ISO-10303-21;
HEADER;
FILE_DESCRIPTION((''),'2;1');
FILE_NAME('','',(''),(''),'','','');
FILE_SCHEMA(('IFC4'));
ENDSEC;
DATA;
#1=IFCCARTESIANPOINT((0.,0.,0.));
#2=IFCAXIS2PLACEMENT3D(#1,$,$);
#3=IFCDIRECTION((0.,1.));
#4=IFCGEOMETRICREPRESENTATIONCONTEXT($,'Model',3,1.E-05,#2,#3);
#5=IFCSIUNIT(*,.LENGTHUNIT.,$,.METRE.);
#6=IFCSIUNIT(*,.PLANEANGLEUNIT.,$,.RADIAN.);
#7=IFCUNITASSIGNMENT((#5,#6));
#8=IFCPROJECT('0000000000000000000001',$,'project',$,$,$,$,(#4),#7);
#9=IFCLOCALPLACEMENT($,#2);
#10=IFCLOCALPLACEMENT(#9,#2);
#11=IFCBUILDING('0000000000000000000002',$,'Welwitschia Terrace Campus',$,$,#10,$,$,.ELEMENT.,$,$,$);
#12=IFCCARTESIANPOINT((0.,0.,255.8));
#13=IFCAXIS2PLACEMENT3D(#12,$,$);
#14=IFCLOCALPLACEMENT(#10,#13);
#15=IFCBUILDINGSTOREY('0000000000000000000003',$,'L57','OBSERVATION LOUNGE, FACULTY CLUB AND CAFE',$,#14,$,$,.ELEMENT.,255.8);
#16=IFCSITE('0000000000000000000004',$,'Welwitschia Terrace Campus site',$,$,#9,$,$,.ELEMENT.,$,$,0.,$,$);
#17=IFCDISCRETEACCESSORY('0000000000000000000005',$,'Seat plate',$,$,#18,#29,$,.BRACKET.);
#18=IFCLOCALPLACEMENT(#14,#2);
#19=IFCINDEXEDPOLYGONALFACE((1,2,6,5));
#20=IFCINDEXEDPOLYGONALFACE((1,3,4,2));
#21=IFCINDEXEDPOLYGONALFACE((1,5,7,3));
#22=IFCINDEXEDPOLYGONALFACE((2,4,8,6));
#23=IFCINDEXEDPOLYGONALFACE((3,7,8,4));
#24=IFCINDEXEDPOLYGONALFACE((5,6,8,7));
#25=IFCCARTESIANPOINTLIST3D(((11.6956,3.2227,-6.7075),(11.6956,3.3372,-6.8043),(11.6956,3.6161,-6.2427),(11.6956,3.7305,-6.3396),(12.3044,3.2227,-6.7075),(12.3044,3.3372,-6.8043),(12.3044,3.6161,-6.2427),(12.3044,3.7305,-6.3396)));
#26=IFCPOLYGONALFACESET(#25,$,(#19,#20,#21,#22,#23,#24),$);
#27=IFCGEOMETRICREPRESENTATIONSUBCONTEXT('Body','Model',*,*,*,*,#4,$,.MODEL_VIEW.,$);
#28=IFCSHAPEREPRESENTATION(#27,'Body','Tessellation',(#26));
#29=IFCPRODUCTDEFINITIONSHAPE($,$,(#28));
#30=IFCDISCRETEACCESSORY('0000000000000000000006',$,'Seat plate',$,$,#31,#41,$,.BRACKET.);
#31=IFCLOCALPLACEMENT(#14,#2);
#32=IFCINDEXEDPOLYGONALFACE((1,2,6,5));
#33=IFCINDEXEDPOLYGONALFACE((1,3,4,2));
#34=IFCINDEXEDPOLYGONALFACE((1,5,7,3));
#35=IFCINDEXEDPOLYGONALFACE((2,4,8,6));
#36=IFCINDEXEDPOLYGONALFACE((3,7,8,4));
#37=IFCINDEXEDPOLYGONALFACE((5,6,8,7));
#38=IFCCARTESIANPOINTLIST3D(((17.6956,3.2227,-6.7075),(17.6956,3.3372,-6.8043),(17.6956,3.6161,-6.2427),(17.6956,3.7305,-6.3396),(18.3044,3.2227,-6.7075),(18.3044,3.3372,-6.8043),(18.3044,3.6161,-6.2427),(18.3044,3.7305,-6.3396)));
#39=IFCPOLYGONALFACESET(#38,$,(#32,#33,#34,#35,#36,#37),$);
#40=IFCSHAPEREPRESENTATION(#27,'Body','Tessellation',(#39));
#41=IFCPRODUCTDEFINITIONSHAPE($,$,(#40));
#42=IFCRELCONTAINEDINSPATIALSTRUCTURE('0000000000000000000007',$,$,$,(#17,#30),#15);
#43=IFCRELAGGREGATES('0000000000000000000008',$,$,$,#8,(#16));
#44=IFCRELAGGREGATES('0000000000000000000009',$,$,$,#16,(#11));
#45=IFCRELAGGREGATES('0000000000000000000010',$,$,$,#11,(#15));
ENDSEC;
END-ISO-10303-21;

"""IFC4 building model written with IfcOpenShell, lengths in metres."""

from ifc_helpers import new_model, si_unit, direction, frame, origin, origin_2d, place, context, subcontext, project, spatial, rectangle, extrude, element, save


model = new_model("IFC4")

# Units and contexts
model_context = context("Model", 3, precision=1e-05, world=origin(), true_north=direction((0.0, 1.0)))
body_context = subcontext(model_context, "Body", "Model", "MODEL_VIEW")
ifc_project = project(units=[si_unit("LENGTHUNIT", "METRE"), si_unit("PLANEANGLEUNIT", "RADIAN")], contexts=[model_context])

# Site, building, storey
site_placement = place(None, origin())
site = spatial("IfcSite", under=ifc_project, at=site_placement, Name="Welwitschia Terrace Campus site", CompositionType="ELEMENT", RefElevation=0.0)
building_placement = place(site_placement, origin())
building = spatial("IfcBuilding", under=site, at=building_placement, Name="Welwitschia Terrace Campus", CompositionType="ELEMENT")
storey_placement = place(building_placement, frame((0.0, 0.0, 255.8)))
storey = spatial("IfcBuildingStorey", under=building, at=storey_placement, Name="L57", Description="OBSERVATION LOUNGE, FACULTY CLUB AND CAFE", CompositionType="ELEMENT", Elevation=255.8)

# Discrete accessories
for number, where, z_axis, x_axis, name in (
    (1, (12.0, 3.4194, -6.4751), (0.0, 0.763263, -0.646088), (-1.0, 0.0, 0.0), "Seat plate"),
    (2, (18.0, 3.4194, -6.4751), (0.0, 0.763263, -0.646088), (-1.0, 0.0, 0.0), "Seat plate"),
):
    element("IfcDiscreteAccessory", number, at=place(storey_placement, frame(where, z_axis=z_axis, x_axis=x_axis)), inside=storey, Name=name, PredefinedType="BRACKET", context=body_context, shape_type="SweptSolid", body=[
        extrude(rectangle(XDim=0.6089, YDim=0.6089, at=origin_2d()), origin(), (0.0, 0.0, 1.0), 0.1499),
    ])

save(model, "model.ifc")
